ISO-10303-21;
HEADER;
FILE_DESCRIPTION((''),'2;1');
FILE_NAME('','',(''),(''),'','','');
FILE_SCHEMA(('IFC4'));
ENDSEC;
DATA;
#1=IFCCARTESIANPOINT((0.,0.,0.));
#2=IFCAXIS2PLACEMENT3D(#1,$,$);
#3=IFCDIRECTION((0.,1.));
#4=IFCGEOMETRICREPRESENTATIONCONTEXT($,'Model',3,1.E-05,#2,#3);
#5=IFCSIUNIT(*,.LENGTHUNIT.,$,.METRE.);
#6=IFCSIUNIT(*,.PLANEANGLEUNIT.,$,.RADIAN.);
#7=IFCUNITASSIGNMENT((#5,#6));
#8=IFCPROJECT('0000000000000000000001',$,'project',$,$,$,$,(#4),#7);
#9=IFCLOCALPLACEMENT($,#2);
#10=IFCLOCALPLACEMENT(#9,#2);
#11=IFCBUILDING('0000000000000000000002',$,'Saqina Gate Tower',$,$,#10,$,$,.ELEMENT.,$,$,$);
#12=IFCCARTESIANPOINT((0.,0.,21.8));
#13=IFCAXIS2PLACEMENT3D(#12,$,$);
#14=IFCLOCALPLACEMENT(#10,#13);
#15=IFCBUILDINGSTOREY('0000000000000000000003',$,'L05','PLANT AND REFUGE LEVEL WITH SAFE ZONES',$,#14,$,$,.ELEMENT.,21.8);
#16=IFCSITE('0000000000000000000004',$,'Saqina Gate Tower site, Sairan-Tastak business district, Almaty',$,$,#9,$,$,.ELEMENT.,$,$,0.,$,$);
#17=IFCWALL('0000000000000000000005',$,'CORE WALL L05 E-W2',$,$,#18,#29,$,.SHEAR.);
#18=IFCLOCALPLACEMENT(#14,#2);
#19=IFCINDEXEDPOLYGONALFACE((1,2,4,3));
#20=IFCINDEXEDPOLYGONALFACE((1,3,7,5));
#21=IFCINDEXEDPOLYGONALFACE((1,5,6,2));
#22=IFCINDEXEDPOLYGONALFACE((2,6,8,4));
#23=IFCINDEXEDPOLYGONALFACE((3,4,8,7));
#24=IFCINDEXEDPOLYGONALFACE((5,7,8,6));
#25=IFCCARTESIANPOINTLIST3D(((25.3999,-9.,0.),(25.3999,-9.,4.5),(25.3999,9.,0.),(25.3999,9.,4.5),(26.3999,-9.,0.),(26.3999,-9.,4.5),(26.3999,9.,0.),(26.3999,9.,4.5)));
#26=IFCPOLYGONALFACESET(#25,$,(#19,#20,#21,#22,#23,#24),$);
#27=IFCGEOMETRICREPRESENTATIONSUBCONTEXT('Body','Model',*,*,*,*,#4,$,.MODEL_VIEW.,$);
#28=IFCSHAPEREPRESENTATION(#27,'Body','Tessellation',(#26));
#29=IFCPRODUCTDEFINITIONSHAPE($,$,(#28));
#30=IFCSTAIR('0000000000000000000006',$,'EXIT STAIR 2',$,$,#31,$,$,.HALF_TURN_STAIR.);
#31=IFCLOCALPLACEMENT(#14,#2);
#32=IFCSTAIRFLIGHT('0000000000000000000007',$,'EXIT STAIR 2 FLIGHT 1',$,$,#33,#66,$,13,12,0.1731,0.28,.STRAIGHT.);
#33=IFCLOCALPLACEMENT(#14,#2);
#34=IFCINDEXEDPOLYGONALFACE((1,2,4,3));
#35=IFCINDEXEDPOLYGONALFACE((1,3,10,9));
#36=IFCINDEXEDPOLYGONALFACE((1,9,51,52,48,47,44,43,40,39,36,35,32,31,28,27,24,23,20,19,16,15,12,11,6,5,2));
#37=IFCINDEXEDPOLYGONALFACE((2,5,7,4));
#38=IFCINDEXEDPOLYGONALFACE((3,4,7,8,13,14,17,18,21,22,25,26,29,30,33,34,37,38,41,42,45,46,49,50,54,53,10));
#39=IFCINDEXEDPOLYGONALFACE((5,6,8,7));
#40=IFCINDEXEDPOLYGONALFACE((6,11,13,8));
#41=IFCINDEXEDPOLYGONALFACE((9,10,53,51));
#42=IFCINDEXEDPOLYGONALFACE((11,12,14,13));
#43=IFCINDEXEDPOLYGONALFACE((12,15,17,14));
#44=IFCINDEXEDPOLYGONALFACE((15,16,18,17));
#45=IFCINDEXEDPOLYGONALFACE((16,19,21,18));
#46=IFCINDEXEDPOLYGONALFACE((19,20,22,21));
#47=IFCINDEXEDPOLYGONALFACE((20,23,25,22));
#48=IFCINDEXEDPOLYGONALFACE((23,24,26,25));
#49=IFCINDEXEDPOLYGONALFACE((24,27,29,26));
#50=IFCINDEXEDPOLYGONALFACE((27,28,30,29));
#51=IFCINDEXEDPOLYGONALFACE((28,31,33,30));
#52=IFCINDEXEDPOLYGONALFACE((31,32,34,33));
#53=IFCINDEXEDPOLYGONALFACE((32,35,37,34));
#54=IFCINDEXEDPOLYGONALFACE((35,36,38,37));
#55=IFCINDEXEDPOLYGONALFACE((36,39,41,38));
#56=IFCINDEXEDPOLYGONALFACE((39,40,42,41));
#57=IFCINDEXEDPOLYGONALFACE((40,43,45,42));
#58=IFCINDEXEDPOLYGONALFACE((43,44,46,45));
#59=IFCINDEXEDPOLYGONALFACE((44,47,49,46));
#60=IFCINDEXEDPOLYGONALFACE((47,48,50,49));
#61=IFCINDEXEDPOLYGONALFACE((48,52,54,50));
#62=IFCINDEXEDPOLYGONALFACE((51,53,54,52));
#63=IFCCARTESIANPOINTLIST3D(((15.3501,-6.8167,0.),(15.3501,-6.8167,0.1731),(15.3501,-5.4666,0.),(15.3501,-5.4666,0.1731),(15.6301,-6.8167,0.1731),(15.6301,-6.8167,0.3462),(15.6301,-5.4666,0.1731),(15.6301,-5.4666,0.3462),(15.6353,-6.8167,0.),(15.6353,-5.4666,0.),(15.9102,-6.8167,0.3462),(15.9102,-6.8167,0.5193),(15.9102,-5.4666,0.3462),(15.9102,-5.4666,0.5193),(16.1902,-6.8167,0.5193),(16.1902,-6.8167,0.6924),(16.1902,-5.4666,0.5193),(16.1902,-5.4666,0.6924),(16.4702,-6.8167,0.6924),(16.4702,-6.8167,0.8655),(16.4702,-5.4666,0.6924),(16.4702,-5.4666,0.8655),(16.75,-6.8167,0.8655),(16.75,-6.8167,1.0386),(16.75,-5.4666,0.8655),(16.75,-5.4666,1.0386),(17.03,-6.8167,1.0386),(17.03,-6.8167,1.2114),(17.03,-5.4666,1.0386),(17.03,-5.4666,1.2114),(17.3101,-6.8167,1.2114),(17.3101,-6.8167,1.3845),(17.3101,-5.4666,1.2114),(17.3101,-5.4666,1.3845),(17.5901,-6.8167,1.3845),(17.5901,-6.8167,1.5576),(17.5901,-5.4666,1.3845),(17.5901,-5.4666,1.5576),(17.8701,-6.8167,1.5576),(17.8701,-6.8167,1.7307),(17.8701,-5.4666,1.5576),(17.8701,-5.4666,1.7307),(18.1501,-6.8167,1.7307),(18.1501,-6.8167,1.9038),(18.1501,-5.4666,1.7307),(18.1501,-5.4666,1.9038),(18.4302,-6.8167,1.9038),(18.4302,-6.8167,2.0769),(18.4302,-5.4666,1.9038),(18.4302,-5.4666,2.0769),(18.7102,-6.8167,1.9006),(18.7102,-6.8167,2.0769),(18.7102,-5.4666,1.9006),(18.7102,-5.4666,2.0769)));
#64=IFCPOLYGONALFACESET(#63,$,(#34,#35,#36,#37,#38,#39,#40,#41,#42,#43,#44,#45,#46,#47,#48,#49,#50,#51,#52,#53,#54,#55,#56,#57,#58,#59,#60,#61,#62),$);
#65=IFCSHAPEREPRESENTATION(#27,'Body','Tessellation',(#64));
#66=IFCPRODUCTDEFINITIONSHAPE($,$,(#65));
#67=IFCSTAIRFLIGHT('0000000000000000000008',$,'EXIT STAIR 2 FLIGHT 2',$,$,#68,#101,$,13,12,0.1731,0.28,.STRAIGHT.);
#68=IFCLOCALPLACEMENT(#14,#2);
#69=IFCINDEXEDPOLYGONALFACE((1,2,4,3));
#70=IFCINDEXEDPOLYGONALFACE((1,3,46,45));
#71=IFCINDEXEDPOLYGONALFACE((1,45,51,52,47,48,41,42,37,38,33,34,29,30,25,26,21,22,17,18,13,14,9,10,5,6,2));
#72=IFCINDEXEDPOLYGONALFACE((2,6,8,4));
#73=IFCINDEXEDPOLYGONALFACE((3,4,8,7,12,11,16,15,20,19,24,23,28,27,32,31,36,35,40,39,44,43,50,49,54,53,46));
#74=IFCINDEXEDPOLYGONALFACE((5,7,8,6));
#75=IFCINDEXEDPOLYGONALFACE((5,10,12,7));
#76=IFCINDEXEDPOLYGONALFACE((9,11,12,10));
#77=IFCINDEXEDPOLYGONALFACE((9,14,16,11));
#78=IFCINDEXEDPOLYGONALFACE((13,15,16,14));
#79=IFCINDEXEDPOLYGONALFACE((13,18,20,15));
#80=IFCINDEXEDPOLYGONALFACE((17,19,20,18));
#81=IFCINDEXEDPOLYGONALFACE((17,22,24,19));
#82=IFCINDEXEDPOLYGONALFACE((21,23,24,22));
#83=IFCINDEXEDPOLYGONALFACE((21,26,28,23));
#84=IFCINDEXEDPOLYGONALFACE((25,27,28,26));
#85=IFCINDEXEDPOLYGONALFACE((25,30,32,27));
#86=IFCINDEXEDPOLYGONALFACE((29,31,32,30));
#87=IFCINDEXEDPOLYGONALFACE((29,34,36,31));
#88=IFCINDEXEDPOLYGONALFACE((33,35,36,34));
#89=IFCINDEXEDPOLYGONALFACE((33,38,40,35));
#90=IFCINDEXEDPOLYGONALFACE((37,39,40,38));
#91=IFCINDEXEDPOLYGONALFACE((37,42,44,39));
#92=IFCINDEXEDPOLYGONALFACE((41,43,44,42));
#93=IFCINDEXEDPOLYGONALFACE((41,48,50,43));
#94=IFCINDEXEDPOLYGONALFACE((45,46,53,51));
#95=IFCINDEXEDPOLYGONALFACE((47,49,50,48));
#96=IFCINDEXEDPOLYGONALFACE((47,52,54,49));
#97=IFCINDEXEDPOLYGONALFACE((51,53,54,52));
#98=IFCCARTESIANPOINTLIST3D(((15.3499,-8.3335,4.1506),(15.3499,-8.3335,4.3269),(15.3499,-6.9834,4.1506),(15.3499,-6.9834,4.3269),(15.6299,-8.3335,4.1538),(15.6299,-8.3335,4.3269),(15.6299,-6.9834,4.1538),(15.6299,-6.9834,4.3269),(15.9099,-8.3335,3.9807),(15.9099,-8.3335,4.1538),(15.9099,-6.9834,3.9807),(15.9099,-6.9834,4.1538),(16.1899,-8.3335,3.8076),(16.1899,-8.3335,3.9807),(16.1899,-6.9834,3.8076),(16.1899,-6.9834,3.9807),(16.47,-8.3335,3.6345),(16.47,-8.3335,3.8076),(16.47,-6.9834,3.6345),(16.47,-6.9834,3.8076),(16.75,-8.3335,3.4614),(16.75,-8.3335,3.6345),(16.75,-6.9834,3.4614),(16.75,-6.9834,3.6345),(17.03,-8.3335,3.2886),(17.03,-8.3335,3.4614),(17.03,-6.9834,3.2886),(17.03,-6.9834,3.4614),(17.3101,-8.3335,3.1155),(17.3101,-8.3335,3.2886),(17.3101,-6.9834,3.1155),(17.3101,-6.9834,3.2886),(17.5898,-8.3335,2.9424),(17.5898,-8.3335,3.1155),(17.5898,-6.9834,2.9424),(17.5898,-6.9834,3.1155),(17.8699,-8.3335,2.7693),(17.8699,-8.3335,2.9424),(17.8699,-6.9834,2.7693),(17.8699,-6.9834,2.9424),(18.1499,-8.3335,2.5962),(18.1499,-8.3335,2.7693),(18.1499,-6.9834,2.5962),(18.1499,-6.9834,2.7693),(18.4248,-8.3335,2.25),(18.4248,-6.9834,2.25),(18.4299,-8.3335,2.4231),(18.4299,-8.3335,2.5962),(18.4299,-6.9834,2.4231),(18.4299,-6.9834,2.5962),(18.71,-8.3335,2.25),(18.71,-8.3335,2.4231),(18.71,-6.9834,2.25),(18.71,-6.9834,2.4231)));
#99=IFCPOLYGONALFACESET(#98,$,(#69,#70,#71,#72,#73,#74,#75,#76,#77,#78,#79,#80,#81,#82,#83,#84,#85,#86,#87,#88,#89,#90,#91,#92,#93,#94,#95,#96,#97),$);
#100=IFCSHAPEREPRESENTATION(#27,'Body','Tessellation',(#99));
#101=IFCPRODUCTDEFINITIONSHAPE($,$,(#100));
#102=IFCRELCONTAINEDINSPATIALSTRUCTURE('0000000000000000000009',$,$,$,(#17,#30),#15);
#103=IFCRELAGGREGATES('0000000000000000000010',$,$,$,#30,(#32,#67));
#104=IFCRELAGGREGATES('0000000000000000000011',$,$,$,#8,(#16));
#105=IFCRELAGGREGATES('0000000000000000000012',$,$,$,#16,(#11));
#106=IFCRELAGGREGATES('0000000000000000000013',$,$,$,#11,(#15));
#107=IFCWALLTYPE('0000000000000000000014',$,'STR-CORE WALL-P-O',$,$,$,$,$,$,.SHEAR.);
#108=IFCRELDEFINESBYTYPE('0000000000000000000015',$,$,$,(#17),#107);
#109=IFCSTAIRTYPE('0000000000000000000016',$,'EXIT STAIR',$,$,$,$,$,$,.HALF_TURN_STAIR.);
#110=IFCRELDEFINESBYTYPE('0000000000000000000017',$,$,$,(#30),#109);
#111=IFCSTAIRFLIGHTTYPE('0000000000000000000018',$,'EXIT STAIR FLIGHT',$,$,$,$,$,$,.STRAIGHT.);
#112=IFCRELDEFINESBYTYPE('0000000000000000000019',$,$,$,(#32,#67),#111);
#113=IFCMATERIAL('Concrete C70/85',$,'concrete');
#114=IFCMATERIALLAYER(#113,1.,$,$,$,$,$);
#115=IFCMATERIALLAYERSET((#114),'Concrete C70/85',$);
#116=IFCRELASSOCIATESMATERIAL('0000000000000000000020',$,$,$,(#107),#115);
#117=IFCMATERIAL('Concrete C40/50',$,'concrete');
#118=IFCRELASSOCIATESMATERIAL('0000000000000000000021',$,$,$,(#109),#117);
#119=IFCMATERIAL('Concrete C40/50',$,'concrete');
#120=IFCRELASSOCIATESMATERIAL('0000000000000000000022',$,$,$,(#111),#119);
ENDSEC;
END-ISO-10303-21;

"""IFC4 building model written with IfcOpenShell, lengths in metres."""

from ifc_helpers import new_model, si_unit, direction, frame, frame_2d, origin, place, context, subcontext, project, spatial, polyline, rectangle, outline, extrude, material, layer, layer_set, type_object, element, aggregate, save


model = new_model("IFC4")

# Units and contexts
model_context = context("Model", 3, precision=1e-05, world=origin(), true_north=direction((0.0, 1.0)))
body_context = subcontext(model_context, "Body", "Model", "MODEL_VIEW")
ifc_project = project(units=[si_unit("LENGTHUNIT", "METRE"), si_unit("PLANEANGLEUNIT", "RADIAN")], contexts=[model_context])

# Site, building, storey
site_placement = place(None, origin())
site = spatial("IfcSite", under=ifc_project, at=site_placement, Name="Saqina Gate Tower site, Sairan-Tastak business district, Almaty", CompositionType="ELEMENT", RefElevation=0.0)
building_placement = place(site_placement, origin())
building = spatial("IfcBuilding", under=site, at=building_placement, Name="Saqina Gate Tower", CompositionType="ELEMENT")
storey_placement = place(building_placement, frame((0.0, 0.0, 21.8)))
storey = spatial("IfcBuildingStorey", under=building, at=storey_placement, Name="L05", Description="PLANT AND REFUGE LEVEL WITH SAFE ZONES", CompositionType="ELEMENT", Elevation=21.8)

# Wall
ifc_material_1 = material(Name="Concrete C70/85", Category="concrete")
ifc_layer_1 = layer(ifc_material_1, 1.0)
ifc_layer_set_1 = layer_set([ifc_layer_1], Name="Concrete C70/85")
wall_type_1 = type_object("IfcWallType", Name="STR-CORE WALL-P-O", PredefinedType="SHEAR", material=ifc_layer_set_1)
wall_1_placement = place(storey_placement, frame((25.8999, -9.0, 0.0), z_axis=(0.0, 0.0, 1.0), x_axis=(0.0, 1.0, 0.0)))
element("IfcWall", 1, at=wall_1_placement, inside=storey, type_object=wall_type_1, Name="CORE WALL L05 E-W2", PredefinedType="SHEAR", context=body_context, shape_type="SweptSolid", body=[
    extrude(rectangle(XDim=18.0, YDim=1.0, at=frame_2d((9.0, 0.0))), origin(), (0.0, 0.0, 1.0), 4.5),
])

# Stair, stair flights
ifc_material_2 = material(Name="Concrete C40/50", Category="concrete")
stair_type = type_object("IfcStairType", Name="EXIT STAIR", PredefinedType="HALF_TURN_STAIR", material=ifc_material_2)
stair_placement = place(storey_placement, origin())
stair = element("IfcStair", 2, at=stair_placement, inside=storey, type_object=stair_type, Name="EXIT STAIR 2", PredefinedType="HALF_TURN_STAIR")
ifc_material_3 = material(Name="Concrete C40/50", Category="concrete")
stair_flight_type = type_object("IfcStairFlightType", Name="EXIT STAIR FLIGHT", PredefinedType="STRAIGHT", material=ifc_material_3)
stair_flight_1_placement = place(storey_placement, frame((15.3501, -6.1416, 0.0), z_axis=(0.0, 0.0, 1.0), x_axis=(1.0, 0.0, 0.0)))
stair_flight_1 = element("IfcStairFlight", 3, at=stair_flight_1_placement, type_object=stair_flight_type, Name="EXIT STAIR 2 FLIGHT 1", NumberOfRisers=13, NumberOfTreads=12, PredefinedType="STRAIGHT", RiserHeight=0.1731, TreadLength=0.28, context=body_context, shape_type="SweptSolid", body=[
    extrude(outline(polyline([(0.0, 0.0), (0.0, 0.1731), (0.28, 0.1731), (0.28, 0.3462), (0.5601, 0.3462), (0.5601, 0.5193), (0.8401, 0.5193), (0.8401, 0.6924), (1.1201, 0.6924), (1.1201, 0.8655), (1.3999, 0.8655), (1.3999, 1.0386), (1.6799, 1.0386), (1.6799, 1.2114), (1.96, 1.2114), (1.96, 1.3845), (2.24, 1.3845), (2.24, 1.5576), (2.52, 1.5576), (2.52, 1.7307), (2.8, 1.7307), (2.8, 1.9038), (3.0801, 1.9038), (3.0801, 2.0769), (3.3601, 2.0769), (3.3601, 2.25), (3.3601, 1.9006), (0.2852, 0.0), (0.0, 0.0)])), frame((0.0, 0.675, 0.0), z_axis=(0.0, -1.0, 0.0), x_axis=(1.0, 0.0, 0.0)), (0.0, 0.0, 1.0), 1.3501),
])
stair_flight_2_placement = place(storey_placement, frame((18.71, -7.6584, 2.25), z_axis=(0.0, 0.0, 1.0), x_axis=(-1.0, 0.0, 0.0)))
stair_flight_2 = element("IfcStairFlight", 4, at=stair_flight_2_placement, type_object=stair_flight_type, Name="EXIT STAIR 2 FLIGHT 2", NumberOfRisers=13, NumberOfTreads=12, PredefinedType="STRAIGHT", RiserHeight=0.1731, TreadLength=0.28, context=body_context, shape_type="SweptSolid", body=[
    extrude(outline(polyline([(0.0, 0.0), (0.0, 0.1731), (0.28, 0.1731), (0.28, 0.3462), (0.5601, 0.3462), (0.5601, 0.5193), (0.8401, 0.5193), (0.8401, 0.6924), (1.1201, 0.6924), (1.1201, 0.8655), (1.3999, 0.8655), (1.3999, 1.0386), (1.6799, 1.0386), (1.6799, 1.2114), (1.96, 1.2114), (1.96, 1.3845), (2.24, 1.3845), (2.24, 1.5576), (2.52, 1.5576), (2.52, 1.7307), (2.8, 1.7307), (2.8, 1.9038), (3.0801, 1.9038), (3.0801, 2.0769), (3.3601, 2.0769), (3.3601, 2.25), (3.3601, 1.9006), (0.2852, 0.0), (0.0, 0.0)])), frame((0.0, 0.675, 0.0), z_axis=(0.0, -1.0, 0.0), x_axis=(1.0, 0.0, 0.0)), (0.0, 0.0, 1.0), 1.3501),
])
aggregate(stair, [stair_flight_1, stair_flight_2])

save(model, "model.ifc")
